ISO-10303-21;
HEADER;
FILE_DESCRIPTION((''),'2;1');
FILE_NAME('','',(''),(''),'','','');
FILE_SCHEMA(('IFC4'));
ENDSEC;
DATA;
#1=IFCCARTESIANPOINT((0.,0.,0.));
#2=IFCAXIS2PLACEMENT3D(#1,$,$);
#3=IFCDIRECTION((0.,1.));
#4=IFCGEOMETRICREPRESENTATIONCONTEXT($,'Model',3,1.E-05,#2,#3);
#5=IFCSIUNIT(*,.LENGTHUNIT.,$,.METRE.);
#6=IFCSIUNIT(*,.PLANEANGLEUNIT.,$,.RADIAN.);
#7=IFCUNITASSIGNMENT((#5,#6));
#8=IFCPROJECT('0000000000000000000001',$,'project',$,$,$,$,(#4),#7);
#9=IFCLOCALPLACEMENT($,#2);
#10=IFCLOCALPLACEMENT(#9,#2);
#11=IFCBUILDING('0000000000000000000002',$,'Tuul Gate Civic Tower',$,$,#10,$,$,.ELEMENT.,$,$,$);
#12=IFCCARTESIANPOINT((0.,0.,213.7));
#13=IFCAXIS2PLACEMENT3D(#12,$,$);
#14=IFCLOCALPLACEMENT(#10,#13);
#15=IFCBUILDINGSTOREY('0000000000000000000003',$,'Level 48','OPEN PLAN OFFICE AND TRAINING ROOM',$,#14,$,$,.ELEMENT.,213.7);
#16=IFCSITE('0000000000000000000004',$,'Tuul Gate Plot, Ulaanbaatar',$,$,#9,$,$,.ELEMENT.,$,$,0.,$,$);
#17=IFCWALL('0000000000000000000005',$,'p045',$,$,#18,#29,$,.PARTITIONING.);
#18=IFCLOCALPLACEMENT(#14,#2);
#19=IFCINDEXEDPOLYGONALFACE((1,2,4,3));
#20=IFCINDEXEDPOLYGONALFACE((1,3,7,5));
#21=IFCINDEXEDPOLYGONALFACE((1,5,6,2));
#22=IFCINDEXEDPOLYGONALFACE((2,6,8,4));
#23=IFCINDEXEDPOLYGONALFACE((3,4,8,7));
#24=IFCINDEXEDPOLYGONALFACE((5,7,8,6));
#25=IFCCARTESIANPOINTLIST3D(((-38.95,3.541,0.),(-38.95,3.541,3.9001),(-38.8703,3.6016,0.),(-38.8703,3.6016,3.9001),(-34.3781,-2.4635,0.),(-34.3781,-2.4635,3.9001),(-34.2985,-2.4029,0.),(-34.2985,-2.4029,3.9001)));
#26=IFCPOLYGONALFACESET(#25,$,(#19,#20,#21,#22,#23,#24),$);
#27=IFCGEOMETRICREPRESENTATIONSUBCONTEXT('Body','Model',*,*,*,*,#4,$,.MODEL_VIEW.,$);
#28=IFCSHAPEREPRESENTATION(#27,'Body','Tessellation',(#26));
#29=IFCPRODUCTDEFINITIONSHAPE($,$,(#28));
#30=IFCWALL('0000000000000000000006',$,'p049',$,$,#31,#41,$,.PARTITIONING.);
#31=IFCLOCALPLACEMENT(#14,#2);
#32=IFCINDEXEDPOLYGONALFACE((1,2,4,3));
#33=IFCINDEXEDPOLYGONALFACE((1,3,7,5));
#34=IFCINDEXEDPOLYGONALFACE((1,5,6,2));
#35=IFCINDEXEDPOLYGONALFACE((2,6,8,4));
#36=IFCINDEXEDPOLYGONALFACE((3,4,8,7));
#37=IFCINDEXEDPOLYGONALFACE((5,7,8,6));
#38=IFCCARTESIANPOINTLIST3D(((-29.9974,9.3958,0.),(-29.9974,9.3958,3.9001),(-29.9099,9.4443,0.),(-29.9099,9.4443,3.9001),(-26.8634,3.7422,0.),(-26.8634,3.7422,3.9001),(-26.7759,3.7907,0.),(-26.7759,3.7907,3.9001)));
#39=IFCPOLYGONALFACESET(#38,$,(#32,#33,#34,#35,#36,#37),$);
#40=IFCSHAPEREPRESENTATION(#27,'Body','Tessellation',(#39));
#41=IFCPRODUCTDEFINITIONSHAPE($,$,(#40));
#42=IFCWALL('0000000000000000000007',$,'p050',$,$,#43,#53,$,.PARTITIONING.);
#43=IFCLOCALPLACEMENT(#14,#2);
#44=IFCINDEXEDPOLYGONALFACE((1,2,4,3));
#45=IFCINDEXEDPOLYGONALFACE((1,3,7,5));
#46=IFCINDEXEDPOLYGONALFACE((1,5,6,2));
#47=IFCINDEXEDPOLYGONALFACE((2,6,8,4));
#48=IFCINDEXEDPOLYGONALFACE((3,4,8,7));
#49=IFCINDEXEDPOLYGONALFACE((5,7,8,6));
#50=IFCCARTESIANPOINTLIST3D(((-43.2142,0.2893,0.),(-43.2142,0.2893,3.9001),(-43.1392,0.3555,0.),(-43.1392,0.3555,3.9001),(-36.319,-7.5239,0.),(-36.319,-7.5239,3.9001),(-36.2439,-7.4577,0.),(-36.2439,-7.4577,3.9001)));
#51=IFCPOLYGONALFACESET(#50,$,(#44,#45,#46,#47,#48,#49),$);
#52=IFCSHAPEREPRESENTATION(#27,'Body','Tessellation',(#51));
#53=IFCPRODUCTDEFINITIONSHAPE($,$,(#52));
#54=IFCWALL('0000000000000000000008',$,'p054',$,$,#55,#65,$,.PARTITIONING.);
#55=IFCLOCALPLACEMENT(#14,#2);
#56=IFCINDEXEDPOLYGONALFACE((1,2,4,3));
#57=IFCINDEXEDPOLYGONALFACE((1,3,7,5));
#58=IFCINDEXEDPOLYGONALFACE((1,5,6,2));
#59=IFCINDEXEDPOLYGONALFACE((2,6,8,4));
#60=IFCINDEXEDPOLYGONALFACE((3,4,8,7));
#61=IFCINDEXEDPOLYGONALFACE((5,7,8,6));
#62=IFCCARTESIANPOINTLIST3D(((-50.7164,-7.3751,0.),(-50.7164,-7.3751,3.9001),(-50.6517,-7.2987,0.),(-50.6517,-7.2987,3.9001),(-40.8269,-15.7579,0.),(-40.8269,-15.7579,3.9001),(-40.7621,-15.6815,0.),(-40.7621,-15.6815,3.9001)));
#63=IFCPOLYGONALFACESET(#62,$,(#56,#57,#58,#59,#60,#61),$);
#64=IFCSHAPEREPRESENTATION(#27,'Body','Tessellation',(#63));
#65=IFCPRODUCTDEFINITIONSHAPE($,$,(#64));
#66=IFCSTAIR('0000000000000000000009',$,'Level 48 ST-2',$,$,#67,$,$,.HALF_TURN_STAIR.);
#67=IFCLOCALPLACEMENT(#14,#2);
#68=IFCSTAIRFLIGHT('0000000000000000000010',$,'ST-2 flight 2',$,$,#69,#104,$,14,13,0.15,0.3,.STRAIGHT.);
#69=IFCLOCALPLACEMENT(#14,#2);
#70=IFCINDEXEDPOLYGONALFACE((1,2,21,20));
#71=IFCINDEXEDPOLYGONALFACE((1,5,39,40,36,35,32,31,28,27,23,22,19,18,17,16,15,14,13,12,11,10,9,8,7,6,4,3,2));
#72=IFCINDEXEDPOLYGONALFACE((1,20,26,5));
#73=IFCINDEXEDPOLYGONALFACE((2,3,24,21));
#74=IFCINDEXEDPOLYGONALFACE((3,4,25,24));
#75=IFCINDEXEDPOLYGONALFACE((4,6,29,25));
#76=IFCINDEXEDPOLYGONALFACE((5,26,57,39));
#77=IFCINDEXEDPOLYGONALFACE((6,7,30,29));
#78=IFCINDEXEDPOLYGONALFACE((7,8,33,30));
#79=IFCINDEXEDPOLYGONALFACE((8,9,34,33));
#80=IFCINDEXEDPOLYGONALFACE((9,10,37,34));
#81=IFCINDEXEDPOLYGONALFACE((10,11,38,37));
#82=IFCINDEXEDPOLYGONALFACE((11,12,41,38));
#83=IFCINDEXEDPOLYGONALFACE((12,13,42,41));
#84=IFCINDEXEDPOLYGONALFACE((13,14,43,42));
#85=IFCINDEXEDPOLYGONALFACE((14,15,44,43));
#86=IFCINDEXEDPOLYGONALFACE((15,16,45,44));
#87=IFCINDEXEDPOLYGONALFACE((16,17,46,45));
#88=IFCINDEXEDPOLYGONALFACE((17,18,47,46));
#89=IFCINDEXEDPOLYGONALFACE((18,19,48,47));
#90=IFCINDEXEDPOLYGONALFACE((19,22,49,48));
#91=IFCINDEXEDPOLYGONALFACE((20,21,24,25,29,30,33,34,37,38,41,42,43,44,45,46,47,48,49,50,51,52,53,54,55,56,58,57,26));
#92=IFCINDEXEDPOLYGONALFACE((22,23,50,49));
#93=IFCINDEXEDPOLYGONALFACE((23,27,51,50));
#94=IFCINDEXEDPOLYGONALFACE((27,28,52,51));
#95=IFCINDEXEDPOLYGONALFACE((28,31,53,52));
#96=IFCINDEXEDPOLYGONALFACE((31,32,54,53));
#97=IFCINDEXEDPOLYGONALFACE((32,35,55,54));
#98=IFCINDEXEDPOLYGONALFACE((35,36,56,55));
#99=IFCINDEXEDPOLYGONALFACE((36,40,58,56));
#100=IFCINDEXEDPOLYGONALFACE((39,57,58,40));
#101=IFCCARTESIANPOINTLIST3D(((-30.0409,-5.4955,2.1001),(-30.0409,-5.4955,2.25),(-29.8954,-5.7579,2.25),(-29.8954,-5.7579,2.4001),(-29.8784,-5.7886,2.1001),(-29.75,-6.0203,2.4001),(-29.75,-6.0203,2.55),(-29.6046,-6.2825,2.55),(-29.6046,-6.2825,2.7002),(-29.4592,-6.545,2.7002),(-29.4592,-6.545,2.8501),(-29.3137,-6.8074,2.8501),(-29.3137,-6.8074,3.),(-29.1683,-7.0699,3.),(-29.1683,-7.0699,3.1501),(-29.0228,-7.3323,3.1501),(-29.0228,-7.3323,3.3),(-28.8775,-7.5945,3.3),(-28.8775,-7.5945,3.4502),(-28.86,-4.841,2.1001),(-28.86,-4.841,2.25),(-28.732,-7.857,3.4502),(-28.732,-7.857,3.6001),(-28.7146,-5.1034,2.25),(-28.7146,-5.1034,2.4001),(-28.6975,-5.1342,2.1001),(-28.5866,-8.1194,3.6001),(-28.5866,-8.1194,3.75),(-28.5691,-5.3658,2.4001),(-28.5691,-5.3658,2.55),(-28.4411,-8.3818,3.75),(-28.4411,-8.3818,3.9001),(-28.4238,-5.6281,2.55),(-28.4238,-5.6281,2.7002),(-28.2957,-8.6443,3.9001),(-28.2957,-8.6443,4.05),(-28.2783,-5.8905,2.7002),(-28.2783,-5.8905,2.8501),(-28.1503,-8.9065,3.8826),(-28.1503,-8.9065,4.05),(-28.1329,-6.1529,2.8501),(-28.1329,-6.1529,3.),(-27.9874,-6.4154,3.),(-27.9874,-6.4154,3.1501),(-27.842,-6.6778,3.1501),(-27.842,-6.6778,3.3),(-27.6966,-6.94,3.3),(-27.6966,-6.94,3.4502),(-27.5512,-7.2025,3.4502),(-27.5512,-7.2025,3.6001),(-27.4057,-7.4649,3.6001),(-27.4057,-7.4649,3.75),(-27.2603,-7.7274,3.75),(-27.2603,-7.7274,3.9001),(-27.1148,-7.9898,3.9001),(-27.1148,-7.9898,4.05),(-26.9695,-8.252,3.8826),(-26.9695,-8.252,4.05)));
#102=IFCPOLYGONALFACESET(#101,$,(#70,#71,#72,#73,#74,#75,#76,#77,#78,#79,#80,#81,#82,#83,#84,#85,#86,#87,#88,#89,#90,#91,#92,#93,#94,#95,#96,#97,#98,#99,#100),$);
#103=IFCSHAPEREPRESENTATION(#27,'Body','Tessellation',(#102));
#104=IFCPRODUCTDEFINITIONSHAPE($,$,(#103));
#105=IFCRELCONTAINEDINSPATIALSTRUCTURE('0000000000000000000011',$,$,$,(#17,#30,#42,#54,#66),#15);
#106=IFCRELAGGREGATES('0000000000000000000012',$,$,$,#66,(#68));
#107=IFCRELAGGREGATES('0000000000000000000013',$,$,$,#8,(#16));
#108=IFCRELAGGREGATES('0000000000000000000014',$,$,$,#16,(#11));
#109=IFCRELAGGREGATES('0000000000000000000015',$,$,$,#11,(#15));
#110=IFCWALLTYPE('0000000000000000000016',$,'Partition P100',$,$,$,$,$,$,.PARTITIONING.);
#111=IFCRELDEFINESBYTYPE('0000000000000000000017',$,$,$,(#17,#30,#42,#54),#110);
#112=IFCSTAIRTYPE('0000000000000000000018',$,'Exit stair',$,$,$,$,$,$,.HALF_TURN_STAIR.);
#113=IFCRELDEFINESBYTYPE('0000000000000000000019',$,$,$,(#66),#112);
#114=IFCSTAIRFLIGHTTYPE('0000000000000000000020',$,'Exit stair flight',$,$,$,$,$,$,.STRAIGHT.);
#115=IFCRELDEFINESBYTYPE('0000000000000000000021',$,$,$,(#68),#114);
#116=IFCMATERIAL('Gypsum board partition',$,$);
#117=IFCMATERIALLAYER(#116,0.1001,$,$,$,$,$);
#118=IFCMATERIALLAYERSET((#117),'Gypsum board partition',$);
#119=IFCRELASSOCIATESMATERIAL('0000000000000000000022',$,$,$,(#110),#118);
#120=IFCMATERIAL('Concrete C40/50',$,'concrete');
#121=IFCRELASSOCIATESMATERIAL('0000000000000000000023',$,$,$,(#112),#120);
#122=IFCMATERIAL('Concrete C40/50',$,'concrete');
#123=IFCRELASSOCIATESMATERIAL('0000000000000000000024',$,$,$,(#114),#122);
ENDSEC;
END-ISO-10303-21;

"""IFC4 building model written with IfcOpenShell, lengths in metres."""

from ifc_helpers import new_model, si_unit, direction, frame, frame_2d, origin, place, context, subcontext, project, spatial, polyline, rectangle, outline, extrude, material, layer, layer_set, type_object, element, aggregate, save


model = new_model("IFC4")

# Units and contexts
model_context = context("Model", 3, precision=1e-05, world=origin(), true_north=direction((0.0, 1.0)))
body_context = subcontext(model_context, "Body", "Model", "MODEL_VIEW")
ifc_project = project(units=[si_unit("LENGTHUNIT", "METRE"), si_unit("PLANEANGLEUNIT", "RADIAN")], contexts=[model_context])

# Site, building, storey
site_placement = place(None, origin())
site = spatial("IfcSite", under=ifc_project, at=site_placement, Name="Tuul Gate Plot, Ulaanbaatar", CompositionType="ELEMENT", RefElevation=0.0)
building_placement = place(site_placement, origin())
building = spatial("IfcBuilding", under=site, at=building_placement, Name="Tuul Gate Civic Tower", CompositionType="ELEMENT")
storey_placement = place(building_placement, frame((0.0, 0.0, 213.7)))
storey = spatial("IfcBuildingStorey", under=building, at=storey_placement, Name="Level 48", Description="OPEN PLAN OFFICE AND TRAINING ROOM", CompositionType="ELEMENT", Elevation=213.7)

# Walls
ifc_material_1 = material(Name="Gypsum board partition")
ifc_layer_1 = layer(ifc_material_1, 0.1001)
ifc_layer_set_1 = layer_set([ifc_layer_1], Name="Gypsum board partition")
wall_type_1 = type_object("IfcWallType", Name="Partition P100", PredefinedType="PARTITIONING", material=ifc_layer_set_1)
wall_1_placement = place(storey_placement, frame((-38.9102, 3.5713, 0.0), z_axis=(0.0, 0.0, 1.0), x_axis=(0.605792, -0.795623, 0.0)))
element("IfcWall", 1, at=wall_1_placement, inside=storey, type_object=wall_type_1, Name="p045", PredefinedType="PARTITIONING", context=body_context, shape_type="SweptSolid", body=[
    extrude(rectangle(XDim=7.5469, YDim=0.1001, at=frame_2d((3.7734, 0.0))), origin(), (0.0, 0.0, 1.0), 3.9001),
])
wall_2_placement = place(storey_placement, frame((-29.9536, 9.4199, 0.0), z_axis=(0.0, 0.0, 1.0), x_axis=(0.484835, -0.874606, 0.0)))
element("IfcWall", 2, at=wall_2_placement, inside=storey, type_object=wall_type_1, Name="p049", PredefinedType="PARTITIONING", context=body_context, shape_type="SweptSolid", body=[
    extrude(rectangle(XDim=6.4641, YDim=0.1001, at=frame_2d((3.2319, 0.0))), origin(), (0.0, 0.0, 1.0), 3.9001),
])
wall_3_placement = place(storey_placement, frame((-43.1768, 0.3225, 0.0), z_axis=(0.0, 0.0, 1.0), x_axis=(0.661688, -0.749779, 0.0)))
element("IfcWall", 3, at=wall_3_placement, inside=storey, type_object=wall_type_1, Name="p050", PredefinedType="PARTITIONING", context=body_context, shape_type="SweptSolid", body=[
    extrude(rectangle(XDim=10.4207, YDim=0.1001, at=frame_2d((5.2104, 0.0))), origin(), (0.0, 0.0, 1.0), 3.9001),
])
wall_4_placement = place(storey_placement, frame((-50.6841, -7.3369, 0.0), z_axis=(0.0, 0.0, 1.0), x_axis=(0.762829, -0.6466, 0.0)))
element("IfcWall", 4, at=wall_4_placement, inside=storey, type_object=wall_type_1, Name="p054", PredefinedType="PARTITIONING", context=body_context, shape_type="SweptSolid", body=[
    extrude(rectangle(XDim=12.9644, YDim=0.1001, at=frame_2d((6.4822, 0.0))), origin(), (0.0, 0.0, 1.0), 3.9001),
])

# Stair, stair flight
ifc_material_2 = material(Name="Concrete C40/50", Category="concrete")
stair_type = type_object("IfcStairType", Name="Exit stair", PredefinedType="HALF_TURN_STAIR", material=ifc_material_2)
stair_placement = place(storey_placement, origin())
stair = element("IfcStair", 5, at=stair_placement, inside=storey, type_object=stair_type, Name="Level 48 ST-2", PredefinedType="HALF_TURN_STAIR")
ifc_material_3 = material(Name="Concrete C40/50", Category="concrete")
stair_flight_type = type_object("IfcStairFlightType", Name="Exit stair flight", PredefinedType="STRAIGHT", material=ifc_material_3)
stair_flight_placement = place(storey_placement, frame((-29.4504, -5.1682, 2.1001), z_axis=(0.0, 0.0, 1.0), x_axis=(0.484762, -0.874646, 0.0)))
stair_flight = element("IfcStairFlight", 6, at=stair_flight_placement, type_object=stair_flight_type, Name="ST-2 flight 2", NumberOfRisers=14, NumberOfTreads=13, PredefinedType="STRAIGHT", RiserHeight=0.15, TreadLength=0.3, context=body_context, shape_type="SweptSolid", body=[
    extrude(outline(polyline([(0.0, 0.0), (0.0, 0.1499), (0.3, 0.1499), (0.3, 0.3), (0.6001, 0.3), (0.6001, 0.45), (0.8999, 0.45), (0.8999, 0.6001), (1.2, 0.6001), (1.2, 0.75), (1.5, 0.75), (1.5, 0.8999), (1.8, 0.8999), (1.8, 1.05), (2.1001, 1.05), (2.1001, 1.2), (2.3999, 1.2), (2.3999, 1.3501), (2.7, 1.3501), (2.7, 1.5), (3.0, 1.5), (3.0, 1.6499), (3.3, 1.6499), (3.3, 1.8), (3.6001, 1.8), (3.6001, 1.95), (3.8999, 1.95), (3.8999, 2.1001), (3.8999, 1.7825), (0.3352, 0.0), (0.0, 0.0)])), frame((0.0, 0.675, 0.0), z_axis=(0.0, -1.0, 0.0), x_axis=(1.0, 0.0, 0.0)), (0.0, 0.0, 1.0), 1.3501),
])
aggregate(stair, [stair_flight])

save(model, "model.ifc")
